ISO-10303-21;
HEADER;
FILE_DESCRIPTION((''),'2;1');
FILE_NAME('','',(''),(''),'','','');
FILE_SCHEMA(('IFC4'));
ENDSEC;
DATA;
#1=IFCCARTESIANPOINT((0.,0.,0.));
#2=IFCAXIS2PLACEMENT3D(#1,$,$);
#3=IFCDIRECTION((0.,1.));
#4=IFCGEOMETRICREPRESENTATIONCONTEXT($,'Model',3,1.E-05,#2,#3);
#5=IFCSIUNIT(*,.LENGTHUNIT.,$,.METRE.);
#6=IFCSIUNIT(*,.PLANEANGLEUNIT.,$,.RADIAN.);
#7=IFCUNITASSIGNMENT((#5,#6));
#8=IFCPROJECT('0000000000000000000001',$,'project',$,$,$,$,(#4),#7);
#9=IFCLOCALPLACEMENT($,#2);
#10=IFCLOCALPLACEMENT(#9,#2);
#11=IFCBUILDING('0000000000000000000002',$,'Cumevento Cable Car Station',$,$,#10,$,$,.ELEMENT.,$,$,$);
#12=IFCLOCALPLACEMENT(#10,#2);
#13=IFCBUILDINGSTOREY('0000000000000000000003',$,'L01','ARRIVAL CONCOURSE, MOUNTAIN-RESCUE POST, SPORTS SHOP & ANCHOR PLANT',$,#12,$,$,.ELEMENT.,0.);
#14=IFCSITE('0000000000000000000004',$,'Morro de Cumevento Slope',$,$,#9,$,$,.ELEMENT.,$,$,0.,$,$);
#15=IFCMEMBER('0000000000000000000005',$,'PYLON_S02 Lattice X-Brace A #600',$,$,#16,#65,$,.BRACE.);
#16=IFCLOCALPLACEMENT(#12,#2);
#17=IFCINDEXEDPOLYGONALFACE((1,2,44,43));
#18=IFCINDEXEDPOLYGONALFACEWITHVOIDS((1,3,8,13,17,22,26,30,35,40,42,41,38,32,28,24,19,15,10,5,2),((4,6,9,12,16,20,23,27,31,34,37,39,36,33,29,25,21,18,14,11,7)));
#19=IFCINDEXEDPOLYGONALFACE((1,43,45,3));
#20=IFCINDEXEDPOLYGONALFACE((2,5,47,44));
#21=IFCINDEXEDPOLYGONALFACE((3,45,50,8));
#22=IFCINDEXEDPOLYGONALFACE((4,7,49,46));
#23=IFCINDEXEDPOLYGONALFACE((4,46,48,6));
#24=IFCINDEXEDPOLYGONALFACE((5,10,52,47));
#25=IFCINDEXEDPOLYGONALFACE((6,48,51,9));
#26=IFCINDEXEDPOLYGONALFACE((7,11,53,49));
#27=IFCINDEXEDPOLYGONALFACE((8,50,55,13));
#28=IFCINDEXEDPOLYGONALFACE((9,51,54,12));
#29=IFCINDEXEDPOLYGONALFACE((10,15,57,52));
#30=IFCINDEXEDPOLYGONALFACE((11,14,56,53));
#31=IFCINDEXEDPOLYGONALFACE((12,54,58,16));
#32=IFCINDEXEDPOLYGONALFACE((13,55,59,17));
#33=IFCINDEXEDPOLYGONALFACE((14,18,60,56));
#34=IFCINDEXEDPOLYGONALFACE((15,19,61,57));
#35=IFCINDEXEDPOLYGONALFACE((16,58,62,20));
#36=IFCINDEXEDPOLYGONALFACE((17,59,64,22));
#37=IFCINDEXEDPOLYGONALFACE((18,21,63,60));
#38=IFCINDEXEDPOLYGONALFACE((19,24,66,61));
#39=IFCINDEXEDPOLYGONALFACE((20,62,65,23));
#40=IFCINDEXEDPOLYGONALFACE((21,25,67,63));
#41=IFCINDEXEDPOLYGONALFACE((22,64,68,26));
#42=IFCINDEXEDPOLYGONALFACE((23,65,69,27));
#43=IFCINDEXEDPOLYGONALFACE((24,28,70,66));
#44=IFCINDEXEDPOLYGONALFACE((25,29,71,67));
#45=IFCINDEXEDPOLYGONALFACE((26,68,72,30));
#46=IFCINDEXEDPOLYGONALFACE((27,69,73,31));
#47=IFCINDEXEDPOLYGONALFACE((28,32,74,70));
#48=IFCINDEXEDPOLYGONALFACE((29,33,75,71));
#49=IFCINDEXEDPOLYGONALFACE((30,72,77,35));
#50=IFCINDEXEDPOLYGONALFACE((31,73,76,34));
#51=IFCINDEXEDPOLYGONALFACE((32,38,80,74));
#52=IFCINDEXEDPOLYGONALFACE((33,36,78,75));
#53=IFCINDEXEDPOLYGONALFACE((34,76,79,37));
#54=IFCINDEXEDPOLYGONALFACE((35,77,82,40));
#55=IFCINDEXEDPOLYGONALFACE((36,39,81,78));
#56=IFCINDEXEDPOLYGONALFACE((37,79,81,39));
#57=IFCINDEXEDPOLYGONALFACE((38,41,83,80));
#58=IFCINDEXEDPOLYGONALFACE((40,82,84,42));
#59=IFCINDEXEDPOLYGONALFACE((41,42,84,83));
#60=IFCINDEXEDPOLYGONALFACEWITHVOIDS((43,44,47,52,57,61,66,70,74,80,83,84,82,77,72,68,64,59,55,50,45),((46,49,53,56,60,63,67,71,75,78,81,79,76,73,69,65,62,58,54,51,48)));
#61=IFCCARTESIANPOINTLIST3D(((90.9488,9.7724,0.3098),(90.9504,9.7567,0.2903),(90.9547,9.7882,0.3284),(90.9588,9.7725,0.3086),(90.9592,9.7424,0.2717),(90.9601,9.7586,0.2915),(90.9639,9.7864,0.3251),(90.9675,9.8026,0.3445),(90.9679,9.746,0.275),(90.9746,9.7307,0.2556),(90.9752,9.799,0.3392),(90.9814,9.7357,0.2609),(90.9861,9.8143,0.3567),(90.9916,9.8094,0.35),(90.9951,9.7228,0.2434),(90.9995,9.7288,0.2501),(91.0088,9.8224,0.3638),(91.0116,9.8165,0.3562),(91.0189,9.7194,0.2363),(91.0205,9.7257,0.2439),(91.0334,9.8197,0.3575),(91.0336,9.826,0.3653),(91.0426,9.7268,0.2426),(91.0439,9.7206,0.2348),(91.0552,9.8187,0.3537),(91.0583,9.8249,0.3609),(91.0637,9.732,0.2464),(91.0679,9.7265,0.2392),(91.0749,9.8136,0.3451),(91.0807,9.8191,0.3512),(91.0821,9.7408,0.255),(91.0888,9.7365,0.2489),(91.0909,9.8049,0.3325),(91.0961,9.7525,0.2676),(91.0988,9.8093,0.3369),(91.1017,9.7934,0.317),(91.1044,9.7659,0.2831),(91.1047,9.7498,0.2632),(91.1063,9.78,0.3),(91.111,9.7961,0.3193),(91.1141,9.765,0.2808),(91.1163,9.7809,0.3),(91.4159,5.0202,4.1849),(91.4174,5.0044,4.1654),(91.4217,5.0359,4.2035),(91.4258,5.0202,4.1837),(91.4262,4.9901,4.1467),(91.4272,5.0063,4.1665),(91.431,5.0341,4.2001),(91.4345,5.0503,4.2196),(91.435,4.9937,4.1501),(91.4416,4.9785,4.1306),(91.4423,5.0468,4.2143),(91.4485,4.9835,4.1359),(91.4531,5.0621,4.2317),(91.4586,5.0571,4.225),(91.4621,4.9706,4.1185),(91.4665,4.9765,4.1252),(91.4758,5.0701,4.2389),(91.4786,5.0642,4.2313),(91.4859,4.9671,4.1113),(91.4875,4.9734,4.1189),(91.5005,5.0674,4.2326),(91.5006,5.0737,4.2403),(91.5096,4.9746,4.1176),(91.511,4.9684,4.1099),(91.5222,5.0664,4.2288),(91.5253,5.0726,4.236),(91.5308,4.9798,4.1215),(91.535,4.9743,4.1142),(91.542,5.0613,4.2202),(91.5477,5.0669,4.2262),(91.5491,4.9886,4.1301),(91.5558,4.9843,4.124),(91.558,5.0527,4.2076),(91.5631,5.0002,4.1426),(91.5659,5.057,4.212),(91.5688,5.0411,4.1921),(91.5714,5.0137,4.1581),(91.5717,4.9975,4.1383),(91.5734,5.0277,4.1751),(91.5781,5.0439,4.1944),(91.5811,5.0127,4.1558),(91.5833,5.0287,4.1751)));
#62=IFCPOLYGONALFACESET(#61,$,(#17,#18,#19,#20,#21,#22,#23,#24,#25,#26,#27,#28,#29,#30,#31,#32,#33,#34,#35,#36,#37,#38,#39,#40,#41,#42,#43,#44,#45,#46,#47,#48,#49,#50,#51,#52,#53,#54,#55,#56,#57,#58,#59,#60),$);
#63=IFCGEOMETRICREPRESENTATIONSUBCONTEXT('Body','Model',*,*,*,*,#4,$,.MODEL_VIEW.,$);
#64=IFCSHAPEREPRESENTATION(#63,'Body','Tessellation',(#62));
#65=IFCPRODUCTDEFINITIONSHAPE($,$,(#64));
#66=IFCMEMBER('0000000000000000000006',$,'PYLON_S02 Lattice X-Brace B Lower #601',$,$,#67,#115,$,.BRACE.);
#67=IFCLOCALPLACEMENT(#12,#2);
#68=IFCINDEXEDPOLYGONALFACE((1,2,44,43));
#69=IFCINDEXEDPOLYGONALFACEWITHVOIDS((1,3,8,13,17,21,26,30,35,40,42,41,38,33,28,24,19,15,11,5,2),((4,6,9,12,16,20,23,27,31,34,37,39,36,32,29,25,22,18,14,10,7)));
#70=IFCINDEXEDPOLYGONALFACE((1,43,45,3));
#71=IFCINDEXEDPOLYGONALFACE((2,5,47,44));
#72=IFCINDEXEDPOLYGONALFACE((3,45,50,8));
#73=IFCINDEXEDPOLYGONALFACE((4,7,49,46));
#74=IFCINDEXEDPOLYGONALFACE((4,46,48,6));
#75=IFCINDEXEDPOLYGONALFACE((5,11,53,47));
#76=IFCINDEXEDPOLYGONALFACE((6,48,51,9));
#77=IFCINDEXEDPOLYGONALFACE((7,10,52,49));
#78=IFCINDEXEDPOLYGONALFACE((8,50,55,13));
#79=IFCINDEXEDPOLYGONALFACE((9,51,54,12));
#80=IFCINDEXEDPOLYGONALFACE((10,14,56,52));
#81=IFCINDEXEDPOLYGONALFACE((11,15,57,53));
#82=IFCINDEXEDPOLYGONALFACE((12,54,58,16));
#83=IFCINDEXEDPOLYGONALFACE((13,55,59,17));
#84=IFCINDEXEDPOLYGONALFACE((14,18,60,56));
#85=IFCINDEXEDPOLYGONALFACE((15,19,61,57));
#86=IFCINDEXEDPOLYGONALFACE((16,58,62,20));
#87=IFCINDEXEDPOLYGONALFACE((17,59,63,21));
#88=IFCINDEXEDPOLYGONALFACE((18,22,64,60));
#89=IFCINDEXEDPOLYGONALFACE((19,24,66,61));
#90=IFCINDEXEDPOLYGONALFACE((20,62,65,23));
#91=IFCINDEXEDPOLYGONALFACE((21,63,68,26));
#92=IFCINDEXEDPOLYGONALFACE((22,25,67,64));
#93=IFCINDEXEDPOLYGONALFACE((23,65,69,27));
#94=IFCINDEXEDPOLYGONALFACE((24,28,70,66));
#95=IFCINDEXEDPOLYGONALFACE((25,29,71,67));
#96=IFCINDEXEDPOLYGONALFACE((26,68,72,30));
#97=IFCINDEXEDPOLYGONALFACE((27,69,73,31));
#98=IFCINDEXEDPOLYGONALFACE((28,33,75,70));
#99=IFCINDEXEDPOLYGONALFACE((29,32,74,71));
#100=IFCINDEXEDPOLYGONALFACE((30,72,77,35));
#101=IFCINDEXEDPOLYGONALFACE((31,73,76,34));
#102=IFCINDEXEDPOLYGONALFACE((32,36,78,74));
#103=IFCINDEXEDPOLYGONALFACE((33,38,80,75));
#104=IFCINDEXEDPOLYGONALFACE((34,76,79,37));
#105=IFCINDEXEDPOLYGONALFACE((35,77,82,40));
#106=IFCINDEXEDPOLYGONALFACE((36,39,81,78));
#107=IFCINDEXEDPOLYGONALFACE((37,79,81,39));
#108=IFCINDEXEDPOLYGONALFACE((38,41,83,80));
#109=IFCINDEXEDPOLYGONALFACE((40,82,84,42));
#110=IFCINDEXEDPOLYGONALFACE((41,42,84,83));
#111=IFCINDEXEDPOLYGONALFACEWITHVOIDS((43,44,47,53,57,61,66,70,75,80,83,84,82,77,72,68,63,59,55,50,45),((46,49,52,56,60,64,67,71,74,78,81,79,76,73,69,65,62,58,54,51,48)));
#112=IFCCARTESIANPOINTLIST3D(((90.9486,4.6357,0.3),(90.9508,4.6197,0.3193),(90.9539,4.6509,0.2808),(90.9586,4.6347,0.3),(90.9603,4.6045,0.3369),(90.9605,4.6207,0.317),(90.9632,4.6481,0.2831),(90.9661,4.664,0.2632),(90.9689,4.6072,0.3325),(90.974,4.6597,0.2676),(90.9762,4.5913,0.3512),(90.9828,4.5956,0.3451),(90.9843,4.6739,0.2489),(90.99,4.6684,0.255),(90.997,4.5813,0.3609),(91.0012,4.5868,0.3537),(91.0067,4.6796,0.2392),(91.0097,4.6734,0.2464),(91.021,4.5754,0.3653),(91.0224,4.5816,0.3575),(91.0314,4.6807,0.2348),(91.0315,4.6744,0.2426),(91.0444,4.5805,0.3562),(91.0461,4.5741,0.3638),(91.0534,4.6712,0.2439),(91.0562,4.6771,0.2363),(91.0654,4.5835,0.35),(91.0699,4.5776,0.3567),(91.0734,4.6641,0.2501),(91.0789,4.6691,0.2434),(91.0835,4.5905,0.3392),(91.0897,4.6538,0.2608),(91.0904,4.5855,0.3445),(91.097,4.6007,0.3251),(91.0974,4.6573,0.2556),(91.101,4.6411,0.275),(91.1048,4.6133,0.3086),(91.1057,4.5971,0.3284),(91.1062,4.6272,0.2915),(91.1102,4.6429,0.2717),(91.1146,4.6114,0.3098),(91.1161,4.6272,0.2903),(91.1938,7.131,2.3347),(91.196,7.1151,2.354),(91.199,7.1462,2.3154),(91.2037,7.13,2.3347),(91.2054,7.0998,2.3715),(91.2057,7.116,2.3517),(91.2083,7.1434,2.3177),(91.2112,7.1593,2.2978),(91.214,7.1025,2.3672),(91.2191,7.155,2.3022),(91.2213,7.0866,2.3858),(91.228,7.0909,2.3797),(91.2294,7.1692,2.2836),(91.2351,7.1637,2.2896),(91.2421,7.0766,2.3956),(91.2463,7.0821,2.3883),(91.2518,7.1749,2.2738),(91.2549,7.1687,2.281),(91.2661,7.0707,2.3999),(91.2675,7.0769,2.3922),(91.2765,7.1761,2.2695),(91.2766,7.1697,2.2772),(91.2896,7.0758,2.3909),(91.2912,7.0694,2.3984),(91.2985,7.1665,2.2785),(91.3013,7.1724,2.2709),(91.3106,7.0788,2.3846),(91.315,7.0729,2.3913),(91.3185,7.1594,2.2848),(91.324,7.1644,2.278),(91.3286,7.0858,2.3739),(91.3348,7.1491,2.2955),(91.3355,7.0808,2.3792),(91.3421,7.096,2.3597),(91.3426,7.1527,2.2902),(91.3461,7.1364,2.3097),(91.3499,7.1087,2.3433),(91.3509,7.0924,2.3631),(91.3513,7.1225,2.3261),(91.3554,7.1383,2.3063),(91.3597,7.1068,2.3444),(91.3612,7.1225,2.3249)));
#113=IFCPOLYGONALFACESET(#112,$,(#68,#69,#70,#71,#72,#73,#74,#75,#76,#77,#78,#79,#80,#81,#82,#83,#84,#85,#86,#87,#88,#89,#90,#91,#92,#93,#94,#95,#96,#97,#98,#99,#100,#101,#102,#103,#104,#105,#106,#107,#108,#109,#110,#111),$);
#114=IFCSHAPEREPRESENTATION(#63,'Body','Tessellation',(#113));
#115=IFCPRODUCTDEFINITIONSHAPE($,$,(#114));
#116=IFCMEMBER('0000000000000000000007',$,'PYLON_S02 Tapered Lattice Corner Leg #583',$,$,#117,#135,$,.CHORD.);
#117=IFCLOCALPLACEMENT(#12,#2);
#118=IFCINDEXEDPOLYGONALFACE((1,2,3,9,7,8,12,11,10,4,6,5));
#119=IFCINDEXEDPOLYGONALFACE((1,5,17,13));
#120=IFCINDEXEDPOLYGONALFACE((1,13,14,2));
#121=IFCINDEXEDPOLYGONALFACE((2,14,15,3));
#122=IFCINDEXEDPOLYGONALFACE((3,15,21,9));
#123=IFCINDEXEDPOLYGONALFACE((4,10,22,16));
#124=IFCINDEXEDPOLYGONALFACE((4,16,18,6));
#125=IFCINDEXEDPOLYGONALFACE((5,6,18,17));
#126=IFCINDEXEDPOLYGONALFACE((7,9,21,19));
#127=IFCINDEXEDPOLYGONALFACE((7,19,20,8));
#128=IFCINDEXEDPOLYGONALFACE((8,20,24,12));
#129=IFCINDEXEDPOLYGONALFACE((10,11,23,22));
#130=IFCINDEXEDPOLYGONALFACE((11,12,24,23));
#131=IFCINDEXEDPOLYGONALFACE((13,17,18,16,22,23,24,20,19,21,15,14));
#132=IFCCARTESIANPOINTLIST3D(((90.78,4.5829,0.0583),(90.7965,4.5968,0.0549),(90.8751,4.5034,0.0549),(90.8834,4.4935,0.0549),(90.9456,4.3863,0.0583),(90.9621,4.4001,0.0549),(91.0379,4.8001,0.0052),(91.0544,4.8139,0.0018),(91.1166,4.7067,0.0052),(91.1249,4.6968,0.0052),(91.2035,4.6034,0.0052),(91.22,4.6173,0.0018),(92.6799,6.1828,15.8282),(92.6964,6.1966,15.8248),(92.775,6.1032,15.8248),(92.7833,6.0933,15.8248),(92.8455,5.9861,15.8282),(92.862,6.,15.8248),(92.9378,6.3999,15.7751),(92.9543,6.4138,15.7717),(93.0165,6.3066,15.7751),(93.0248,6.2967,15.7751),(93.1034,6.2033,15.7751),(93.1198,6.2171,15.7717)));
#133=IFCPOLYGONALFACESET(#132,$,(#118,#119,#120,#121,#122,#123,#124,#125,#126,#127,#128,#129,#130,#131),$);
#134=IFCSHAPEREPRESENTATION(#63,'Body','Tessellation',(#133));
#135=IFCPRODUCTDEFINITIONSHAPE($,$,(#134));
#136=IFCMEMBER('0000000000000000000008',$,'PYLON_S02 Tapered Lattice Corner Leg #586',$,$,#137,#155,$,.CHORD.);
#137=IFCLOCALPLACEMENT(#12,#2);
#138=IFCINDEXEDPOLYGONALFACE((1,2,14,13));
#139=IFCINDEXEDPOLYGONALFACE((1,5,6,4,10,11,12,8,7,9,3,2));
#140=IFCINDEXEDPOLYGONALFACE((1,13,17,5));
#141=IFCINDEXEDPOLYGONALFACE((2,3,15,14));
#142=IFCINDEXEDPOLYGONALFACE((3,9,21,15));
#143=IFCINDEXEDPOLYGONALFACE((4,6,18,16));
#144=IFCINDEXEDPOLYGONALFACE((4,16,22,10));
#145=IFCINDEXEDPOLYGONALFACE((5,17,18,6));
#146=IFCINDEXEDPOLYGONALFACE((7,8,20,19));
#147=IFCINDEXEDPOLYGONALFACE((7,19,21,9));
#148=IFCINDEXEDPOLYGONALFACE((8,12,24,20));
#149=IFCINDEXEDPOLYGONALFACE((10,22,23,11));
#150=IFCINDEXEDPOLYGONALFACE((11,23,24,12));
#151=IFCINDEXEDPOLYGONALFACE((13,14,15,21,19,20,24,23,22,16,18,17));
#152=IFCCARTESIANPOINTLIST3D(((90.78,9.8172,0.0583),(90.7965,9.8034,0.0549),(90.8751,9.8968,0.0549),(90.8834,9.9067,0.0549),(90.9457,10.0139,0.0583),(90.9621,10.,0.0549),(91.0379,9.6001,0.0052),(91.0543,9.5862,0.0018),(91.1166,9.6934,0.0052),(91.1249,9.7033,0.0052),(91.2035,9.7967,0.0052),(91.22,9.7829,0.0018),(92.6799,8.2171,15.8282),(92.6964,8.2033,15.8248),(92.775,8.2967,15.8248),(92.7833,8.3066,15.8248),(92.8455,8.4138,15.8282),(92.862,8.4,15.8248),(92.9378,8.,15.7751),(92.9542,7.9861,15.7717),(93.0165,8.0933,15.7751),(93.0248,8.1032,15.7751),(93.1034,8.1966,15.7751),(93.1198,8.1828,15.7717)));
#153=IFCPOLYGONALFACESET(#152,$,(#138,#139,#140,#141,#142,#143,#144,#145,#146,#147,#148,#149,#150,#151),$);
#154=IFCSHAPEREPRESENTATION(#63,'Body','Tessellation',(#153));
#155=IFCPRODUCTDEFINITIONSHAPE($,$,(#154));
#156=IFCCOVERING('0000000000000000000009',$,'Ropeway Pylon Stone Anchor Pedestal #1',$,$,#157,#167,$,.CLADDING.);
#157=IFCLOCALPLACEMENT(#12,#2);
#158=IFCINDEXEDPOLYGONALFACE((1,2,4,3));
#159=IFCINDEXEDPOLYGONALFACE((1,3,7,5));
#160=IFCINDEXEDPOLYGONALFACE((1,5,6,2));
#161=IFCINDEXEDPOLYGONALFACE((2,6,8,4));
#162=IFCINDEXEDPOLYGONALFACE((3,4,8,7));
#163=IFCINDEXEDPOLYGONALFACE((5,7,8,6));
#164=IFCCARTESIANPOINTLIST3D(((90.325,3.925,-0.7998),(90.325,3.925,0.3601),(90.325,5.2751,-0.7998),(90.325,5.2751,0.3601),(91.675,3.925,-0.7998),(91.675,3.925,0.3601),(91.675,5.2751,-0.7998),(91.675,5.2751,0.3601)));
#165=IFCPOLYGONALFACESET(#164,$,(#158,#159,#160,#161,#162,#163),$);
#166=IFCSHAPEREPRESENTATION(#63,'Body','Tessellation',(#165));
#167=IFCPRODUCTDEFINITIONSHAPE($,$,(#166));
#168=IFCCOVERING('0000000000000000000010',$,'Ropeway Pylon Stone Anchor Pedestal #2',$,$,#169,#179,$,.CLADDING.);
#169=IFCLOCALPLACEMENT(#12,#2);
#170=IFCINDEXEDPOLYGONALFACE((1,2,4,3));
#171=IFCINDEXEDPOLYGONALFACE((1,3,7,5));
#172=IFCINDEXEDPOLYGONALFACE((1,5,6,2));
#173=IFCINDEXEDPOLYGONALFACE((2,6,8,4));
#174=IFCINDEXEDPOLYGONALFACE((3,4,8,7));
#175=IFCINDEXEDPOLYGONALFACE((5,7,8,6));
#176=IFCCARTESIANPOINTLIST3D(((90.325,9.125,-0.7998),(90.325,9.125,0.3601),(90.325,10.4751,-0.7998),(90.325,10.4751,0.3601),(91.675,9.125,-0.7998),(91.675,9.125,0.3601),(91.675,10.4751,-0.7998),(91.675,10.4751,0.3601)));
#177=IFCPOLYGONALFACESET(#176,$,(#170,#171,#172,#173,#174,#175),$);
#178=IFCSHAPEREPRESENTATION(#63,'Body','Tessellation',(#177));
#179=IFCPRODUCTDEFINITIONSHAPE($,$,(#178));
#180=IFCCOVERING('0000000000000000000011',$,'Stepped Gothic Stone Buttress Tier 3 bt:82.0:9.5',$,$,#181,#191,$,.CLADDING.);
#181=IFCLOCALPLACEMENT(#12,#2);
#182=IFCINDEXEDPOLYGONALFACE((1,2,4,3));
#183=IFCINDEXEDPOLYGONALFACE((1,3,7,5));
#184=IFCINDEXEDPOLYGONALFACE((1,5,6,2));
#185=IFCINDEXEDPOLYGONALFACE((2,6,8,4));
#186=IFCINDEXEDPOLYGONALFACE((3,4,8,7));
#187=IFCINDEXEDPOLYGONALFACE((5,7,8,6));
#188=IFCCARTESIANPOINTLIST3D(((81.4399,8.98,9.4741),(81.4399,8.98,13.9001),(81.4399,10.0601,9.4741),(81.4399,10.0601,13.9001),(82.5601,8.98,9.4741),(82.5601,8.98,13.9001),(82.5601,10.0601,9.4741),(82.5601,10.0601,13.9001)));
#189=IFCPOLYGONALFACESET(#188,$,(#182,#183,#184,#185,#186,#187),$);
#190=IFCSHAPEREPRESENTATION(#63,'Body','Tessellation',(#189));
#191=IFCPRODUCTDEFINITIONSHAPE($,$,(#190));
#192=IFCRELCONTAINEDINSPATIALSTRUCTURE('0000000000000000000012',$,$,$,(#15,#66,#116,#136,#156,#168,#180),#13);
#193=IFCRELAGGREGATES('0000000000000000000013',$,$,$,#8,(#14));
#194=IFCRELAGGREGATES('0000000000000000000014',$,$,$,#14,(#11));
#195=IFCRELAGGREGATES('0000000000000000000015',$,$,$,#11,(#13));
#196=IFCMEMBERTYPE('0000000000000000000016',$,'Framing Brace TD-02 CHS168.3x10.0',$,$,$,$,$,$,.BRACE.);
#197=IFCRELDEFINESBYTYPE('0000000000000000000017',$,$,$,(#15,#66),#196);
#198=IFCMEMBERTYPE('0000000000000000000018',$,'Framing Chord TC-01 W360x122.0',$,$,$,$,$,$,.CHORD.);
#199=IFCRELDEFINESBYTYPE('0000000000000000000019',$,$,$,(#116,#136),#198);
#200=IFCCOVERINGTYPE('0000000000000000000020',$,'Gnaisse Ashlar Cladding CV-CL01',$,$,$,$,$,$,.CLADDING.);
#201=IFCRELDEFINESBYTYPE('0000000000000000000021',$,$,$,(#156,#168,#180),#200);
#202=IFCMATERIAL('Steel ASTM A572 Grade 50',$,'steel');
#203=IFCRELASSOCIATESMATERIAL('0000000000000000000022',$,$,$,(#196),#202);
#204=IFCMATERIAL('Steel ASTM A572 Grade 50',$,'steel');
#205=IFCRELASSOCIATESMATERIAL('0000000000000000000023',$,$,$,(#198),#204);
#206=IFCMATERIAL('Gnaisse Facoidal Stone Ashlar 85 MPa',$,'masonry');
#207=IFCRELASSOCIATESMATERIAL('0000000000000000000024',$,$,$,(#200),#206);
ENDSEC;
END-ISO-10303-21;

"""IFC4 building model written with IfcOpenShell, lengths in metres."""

from ifc_helpers import new_model, si_unit, direction, frame, origin, origin_2d, place, context, subcontext, project, spatial, rectangle, hollow_circle, i_section, extrude, material, material_profile, profile_set, type_object, element, save


model = new_model("IFC4")

# Units and contexts
model_context = context("Model", 3, precision=1e-05, world=origin(), true_north=direction((0.0, 1.0)))
body_context = subcontext(model_context, "Body", "Model", "MODEL_VIEW")
ifc_project = project(units=[si_unit("LENGTHUNIT", "METRE"), si_unit("PLANEANGLEUNIT", "RADIAN")], contexts=[model_context])

# Site, building, storey
site_placement = place(None, origin())
site = spatial("IfcSite", under=ifc_project, at=site_placement, Name="Morro de Cumevento Slope", CompositionType="ELEMENT", RefElevation=0.0)
building_placement = place(site_placement, origin())
building = spatial("IfcBuilding", under=site, at=building_placement, Name="Cumevento Cable Car Station", CompositionType="ELEMENT")
storey_placement = place(building_placement, origin())
storey = spatial("IfcBuildingStorey", under=building, at=storey_placement, Name="L01", Description="ARRIVAL CONCOURSE, MOUNTAIN-RESCUE POST, SPORTS SHOP & ANCHOR PLANT", CompositionType="ELEMENT", Elevation=0.0)

# Members
ifc_material_1 = material(Name="Steel ASTM A572 Grade 50", Category="steel")
ifc_material_profile_1 = material_profile(ifc_material_1, hollow_circle(Radius=0.0842, WallThickness=0.01, at=origin_2d()), Name="CHS168.3x10.0")
ifc_profile_set_1 = profile_set([ifc_material_profile_1], Name="Steel ASTM A572 Grade 50")
member_type_1 = type_object("IfcMemberType", Name="Framing Brace TD-02 CHS168.3x10.0", PredefinedType="BRACE", material=ifc_profile_set_1)
member_1_placement = place(storey_placement, frame((91.0325, 9.7727, 0.3), z_axis=(0.075947, -0.77277, 0.630126), x_axis=(0.995205, 0.097808, 0.0)))
element("IfcMember", 1, at=member_1_placement, inside=storey, type_object=member_type_1, Name="PYLON_S02 Lattice X-Brace A #600", PredefinedType="BRACE", context=body_context, shape_type="SweptSolid", body=[
    extrude(hollow_circle(Radius=0.0842, WallThickness=0.01, at=origin_2d()), origin(), (0.0, 0.0, 1.0), 6.1497),
])
member_2_placement = place(storey_placement, frame((91.0325, 4.6274, 0.3), z_axis=(0.07591, 0.772784, 0.630113), x_axis=(-0.99521, 0.097759, 0.0)))
element("IfcMember", 2, at=member_2_placement, inside=storey, type_object=member_type_1, Name="PYLON_S02 Lattice X-Brace B Lower #601", PredefinedType="BRACE", context=body_context, shape_type="SweptSolid", body=[
    extrude(hollow_circle(Radius=0.0842, WallThickness=0.01, at=origin_2d()), origin(), (0.0, 0.0, 1.0), 3.229),
])
ifc_material_2 = material(Name="Steel ASTM A572 Grade 50", Category="steel")
ifc_material_profile_2 = material_profile(ifc_material_2, i_section(OverallWidth=0.2571, OverallDepth=0.363, WebThickness=0.0129, FlangeThickness=0.0217, at=origin_2d()), Name="W360x122.0")
ifc_profile_set_2 = profile_set([ifc_material_profile_2], Name="Steel ASTM A572 Grade 50")
member_type_2 = type_object("IfcMemberType", Name="Framing Chord TC-01 W360x122.0", PredefinedType="CHORD", material=ifc_profile_set_2)
for number, where, z_axis, x_axis, name in (
    (3, (91.0, 4.6001, 0.03), (0.119009, 0.100214, 0.987823), (-0.644121, 0.764924, 0.0), "PYLON_S02 Tapered Lattice Corner Leg #583"),
    (4, (91.0, 9.8, 0.03), (0.119008, -0.100229, 0.987821), (0.644178, 0.764876, 0.0), "PYLON_S02 Tapered Lattice Corner Leg #586"),
):
    element("IfcMember", number, at=place(storey_placement, frame(where, z_axis=z_axis, x_axis=x_axis)), inside=storey, type_object=member_type_2, Name=name, PredefinedType="CHORD", context=body_context, shape_type="SweptSolid", body=[
        extrude(i_section(OverallWidth=0.2571, OverallDepth=0.363, WebThickness=0.0129, FlangeThickness=0.0217, at=origin_2d()), origin(), (0.0, 0.0, 1.0), 15.9644),
    ])

# Coverings
ifc_material_3 = material(Name="Gnaisse Facoidal Stone Ashlar 85 MPa", Category="masonry")
covering_type = type_object("IfcCoveringType", Name="Gnaisse Ashlar Cladding CV-CL01", PredefinedType="CLADDING", material=ifc_material_3)
for number, where, z_axis, x_axis, name in (
    (5, (91.0, 4.6001, -0.7998), (0.0, 0.0, 1.0), (1.0, 0.0, 0.0), "Ropeway Pylon Stone Anchor Pedestal #1"),
    (6, (91.0, 9.8, -0.7998), (0.0, 0.0, 1.0), (1.0, 0.0, 0.0), "Ropeway Pylon Stone Anchor Pedestal #2"),
):
    element("IfcCovering", number, at=place(storey_placement, frame(where, z_axis=z_axis, x_axis=x_axis)), inside=storey, type_object=covering_type, Name=name, PredefinedType="CLADDING", context=body_context, shape_type="SweptSolid", body=[
        extrude(rectangle(XDim=1.3501, YDim=1.3501, at=origin_2d()), origin(), (0.0, 0.0, 1.0), 1.1599),
    ])
covering_1_placement = place(storey_placement, frame((82.0, 9.52, 9.4741), z_axis=(0.0, 0.0, 1.0), x_axis=(1.0, 0.0, 0.0)))
element("IfcCovering", 7, at=covering_1_placement, inside=storey, type_object=covering_type, Name="Stepped Gothic Stone Buttress Tier 3 bt:82.0:9.5", PredefinedType="CLADDING", context=body_context, shape_type="SweptSolid", body=[
    extrude(rectangle(XDim=1.1201, YDim=1.0801, at=origin_2d()), origin(), (0.0, 0.0, 1.0), 4.426),
])

save(model, "model.ifc")
